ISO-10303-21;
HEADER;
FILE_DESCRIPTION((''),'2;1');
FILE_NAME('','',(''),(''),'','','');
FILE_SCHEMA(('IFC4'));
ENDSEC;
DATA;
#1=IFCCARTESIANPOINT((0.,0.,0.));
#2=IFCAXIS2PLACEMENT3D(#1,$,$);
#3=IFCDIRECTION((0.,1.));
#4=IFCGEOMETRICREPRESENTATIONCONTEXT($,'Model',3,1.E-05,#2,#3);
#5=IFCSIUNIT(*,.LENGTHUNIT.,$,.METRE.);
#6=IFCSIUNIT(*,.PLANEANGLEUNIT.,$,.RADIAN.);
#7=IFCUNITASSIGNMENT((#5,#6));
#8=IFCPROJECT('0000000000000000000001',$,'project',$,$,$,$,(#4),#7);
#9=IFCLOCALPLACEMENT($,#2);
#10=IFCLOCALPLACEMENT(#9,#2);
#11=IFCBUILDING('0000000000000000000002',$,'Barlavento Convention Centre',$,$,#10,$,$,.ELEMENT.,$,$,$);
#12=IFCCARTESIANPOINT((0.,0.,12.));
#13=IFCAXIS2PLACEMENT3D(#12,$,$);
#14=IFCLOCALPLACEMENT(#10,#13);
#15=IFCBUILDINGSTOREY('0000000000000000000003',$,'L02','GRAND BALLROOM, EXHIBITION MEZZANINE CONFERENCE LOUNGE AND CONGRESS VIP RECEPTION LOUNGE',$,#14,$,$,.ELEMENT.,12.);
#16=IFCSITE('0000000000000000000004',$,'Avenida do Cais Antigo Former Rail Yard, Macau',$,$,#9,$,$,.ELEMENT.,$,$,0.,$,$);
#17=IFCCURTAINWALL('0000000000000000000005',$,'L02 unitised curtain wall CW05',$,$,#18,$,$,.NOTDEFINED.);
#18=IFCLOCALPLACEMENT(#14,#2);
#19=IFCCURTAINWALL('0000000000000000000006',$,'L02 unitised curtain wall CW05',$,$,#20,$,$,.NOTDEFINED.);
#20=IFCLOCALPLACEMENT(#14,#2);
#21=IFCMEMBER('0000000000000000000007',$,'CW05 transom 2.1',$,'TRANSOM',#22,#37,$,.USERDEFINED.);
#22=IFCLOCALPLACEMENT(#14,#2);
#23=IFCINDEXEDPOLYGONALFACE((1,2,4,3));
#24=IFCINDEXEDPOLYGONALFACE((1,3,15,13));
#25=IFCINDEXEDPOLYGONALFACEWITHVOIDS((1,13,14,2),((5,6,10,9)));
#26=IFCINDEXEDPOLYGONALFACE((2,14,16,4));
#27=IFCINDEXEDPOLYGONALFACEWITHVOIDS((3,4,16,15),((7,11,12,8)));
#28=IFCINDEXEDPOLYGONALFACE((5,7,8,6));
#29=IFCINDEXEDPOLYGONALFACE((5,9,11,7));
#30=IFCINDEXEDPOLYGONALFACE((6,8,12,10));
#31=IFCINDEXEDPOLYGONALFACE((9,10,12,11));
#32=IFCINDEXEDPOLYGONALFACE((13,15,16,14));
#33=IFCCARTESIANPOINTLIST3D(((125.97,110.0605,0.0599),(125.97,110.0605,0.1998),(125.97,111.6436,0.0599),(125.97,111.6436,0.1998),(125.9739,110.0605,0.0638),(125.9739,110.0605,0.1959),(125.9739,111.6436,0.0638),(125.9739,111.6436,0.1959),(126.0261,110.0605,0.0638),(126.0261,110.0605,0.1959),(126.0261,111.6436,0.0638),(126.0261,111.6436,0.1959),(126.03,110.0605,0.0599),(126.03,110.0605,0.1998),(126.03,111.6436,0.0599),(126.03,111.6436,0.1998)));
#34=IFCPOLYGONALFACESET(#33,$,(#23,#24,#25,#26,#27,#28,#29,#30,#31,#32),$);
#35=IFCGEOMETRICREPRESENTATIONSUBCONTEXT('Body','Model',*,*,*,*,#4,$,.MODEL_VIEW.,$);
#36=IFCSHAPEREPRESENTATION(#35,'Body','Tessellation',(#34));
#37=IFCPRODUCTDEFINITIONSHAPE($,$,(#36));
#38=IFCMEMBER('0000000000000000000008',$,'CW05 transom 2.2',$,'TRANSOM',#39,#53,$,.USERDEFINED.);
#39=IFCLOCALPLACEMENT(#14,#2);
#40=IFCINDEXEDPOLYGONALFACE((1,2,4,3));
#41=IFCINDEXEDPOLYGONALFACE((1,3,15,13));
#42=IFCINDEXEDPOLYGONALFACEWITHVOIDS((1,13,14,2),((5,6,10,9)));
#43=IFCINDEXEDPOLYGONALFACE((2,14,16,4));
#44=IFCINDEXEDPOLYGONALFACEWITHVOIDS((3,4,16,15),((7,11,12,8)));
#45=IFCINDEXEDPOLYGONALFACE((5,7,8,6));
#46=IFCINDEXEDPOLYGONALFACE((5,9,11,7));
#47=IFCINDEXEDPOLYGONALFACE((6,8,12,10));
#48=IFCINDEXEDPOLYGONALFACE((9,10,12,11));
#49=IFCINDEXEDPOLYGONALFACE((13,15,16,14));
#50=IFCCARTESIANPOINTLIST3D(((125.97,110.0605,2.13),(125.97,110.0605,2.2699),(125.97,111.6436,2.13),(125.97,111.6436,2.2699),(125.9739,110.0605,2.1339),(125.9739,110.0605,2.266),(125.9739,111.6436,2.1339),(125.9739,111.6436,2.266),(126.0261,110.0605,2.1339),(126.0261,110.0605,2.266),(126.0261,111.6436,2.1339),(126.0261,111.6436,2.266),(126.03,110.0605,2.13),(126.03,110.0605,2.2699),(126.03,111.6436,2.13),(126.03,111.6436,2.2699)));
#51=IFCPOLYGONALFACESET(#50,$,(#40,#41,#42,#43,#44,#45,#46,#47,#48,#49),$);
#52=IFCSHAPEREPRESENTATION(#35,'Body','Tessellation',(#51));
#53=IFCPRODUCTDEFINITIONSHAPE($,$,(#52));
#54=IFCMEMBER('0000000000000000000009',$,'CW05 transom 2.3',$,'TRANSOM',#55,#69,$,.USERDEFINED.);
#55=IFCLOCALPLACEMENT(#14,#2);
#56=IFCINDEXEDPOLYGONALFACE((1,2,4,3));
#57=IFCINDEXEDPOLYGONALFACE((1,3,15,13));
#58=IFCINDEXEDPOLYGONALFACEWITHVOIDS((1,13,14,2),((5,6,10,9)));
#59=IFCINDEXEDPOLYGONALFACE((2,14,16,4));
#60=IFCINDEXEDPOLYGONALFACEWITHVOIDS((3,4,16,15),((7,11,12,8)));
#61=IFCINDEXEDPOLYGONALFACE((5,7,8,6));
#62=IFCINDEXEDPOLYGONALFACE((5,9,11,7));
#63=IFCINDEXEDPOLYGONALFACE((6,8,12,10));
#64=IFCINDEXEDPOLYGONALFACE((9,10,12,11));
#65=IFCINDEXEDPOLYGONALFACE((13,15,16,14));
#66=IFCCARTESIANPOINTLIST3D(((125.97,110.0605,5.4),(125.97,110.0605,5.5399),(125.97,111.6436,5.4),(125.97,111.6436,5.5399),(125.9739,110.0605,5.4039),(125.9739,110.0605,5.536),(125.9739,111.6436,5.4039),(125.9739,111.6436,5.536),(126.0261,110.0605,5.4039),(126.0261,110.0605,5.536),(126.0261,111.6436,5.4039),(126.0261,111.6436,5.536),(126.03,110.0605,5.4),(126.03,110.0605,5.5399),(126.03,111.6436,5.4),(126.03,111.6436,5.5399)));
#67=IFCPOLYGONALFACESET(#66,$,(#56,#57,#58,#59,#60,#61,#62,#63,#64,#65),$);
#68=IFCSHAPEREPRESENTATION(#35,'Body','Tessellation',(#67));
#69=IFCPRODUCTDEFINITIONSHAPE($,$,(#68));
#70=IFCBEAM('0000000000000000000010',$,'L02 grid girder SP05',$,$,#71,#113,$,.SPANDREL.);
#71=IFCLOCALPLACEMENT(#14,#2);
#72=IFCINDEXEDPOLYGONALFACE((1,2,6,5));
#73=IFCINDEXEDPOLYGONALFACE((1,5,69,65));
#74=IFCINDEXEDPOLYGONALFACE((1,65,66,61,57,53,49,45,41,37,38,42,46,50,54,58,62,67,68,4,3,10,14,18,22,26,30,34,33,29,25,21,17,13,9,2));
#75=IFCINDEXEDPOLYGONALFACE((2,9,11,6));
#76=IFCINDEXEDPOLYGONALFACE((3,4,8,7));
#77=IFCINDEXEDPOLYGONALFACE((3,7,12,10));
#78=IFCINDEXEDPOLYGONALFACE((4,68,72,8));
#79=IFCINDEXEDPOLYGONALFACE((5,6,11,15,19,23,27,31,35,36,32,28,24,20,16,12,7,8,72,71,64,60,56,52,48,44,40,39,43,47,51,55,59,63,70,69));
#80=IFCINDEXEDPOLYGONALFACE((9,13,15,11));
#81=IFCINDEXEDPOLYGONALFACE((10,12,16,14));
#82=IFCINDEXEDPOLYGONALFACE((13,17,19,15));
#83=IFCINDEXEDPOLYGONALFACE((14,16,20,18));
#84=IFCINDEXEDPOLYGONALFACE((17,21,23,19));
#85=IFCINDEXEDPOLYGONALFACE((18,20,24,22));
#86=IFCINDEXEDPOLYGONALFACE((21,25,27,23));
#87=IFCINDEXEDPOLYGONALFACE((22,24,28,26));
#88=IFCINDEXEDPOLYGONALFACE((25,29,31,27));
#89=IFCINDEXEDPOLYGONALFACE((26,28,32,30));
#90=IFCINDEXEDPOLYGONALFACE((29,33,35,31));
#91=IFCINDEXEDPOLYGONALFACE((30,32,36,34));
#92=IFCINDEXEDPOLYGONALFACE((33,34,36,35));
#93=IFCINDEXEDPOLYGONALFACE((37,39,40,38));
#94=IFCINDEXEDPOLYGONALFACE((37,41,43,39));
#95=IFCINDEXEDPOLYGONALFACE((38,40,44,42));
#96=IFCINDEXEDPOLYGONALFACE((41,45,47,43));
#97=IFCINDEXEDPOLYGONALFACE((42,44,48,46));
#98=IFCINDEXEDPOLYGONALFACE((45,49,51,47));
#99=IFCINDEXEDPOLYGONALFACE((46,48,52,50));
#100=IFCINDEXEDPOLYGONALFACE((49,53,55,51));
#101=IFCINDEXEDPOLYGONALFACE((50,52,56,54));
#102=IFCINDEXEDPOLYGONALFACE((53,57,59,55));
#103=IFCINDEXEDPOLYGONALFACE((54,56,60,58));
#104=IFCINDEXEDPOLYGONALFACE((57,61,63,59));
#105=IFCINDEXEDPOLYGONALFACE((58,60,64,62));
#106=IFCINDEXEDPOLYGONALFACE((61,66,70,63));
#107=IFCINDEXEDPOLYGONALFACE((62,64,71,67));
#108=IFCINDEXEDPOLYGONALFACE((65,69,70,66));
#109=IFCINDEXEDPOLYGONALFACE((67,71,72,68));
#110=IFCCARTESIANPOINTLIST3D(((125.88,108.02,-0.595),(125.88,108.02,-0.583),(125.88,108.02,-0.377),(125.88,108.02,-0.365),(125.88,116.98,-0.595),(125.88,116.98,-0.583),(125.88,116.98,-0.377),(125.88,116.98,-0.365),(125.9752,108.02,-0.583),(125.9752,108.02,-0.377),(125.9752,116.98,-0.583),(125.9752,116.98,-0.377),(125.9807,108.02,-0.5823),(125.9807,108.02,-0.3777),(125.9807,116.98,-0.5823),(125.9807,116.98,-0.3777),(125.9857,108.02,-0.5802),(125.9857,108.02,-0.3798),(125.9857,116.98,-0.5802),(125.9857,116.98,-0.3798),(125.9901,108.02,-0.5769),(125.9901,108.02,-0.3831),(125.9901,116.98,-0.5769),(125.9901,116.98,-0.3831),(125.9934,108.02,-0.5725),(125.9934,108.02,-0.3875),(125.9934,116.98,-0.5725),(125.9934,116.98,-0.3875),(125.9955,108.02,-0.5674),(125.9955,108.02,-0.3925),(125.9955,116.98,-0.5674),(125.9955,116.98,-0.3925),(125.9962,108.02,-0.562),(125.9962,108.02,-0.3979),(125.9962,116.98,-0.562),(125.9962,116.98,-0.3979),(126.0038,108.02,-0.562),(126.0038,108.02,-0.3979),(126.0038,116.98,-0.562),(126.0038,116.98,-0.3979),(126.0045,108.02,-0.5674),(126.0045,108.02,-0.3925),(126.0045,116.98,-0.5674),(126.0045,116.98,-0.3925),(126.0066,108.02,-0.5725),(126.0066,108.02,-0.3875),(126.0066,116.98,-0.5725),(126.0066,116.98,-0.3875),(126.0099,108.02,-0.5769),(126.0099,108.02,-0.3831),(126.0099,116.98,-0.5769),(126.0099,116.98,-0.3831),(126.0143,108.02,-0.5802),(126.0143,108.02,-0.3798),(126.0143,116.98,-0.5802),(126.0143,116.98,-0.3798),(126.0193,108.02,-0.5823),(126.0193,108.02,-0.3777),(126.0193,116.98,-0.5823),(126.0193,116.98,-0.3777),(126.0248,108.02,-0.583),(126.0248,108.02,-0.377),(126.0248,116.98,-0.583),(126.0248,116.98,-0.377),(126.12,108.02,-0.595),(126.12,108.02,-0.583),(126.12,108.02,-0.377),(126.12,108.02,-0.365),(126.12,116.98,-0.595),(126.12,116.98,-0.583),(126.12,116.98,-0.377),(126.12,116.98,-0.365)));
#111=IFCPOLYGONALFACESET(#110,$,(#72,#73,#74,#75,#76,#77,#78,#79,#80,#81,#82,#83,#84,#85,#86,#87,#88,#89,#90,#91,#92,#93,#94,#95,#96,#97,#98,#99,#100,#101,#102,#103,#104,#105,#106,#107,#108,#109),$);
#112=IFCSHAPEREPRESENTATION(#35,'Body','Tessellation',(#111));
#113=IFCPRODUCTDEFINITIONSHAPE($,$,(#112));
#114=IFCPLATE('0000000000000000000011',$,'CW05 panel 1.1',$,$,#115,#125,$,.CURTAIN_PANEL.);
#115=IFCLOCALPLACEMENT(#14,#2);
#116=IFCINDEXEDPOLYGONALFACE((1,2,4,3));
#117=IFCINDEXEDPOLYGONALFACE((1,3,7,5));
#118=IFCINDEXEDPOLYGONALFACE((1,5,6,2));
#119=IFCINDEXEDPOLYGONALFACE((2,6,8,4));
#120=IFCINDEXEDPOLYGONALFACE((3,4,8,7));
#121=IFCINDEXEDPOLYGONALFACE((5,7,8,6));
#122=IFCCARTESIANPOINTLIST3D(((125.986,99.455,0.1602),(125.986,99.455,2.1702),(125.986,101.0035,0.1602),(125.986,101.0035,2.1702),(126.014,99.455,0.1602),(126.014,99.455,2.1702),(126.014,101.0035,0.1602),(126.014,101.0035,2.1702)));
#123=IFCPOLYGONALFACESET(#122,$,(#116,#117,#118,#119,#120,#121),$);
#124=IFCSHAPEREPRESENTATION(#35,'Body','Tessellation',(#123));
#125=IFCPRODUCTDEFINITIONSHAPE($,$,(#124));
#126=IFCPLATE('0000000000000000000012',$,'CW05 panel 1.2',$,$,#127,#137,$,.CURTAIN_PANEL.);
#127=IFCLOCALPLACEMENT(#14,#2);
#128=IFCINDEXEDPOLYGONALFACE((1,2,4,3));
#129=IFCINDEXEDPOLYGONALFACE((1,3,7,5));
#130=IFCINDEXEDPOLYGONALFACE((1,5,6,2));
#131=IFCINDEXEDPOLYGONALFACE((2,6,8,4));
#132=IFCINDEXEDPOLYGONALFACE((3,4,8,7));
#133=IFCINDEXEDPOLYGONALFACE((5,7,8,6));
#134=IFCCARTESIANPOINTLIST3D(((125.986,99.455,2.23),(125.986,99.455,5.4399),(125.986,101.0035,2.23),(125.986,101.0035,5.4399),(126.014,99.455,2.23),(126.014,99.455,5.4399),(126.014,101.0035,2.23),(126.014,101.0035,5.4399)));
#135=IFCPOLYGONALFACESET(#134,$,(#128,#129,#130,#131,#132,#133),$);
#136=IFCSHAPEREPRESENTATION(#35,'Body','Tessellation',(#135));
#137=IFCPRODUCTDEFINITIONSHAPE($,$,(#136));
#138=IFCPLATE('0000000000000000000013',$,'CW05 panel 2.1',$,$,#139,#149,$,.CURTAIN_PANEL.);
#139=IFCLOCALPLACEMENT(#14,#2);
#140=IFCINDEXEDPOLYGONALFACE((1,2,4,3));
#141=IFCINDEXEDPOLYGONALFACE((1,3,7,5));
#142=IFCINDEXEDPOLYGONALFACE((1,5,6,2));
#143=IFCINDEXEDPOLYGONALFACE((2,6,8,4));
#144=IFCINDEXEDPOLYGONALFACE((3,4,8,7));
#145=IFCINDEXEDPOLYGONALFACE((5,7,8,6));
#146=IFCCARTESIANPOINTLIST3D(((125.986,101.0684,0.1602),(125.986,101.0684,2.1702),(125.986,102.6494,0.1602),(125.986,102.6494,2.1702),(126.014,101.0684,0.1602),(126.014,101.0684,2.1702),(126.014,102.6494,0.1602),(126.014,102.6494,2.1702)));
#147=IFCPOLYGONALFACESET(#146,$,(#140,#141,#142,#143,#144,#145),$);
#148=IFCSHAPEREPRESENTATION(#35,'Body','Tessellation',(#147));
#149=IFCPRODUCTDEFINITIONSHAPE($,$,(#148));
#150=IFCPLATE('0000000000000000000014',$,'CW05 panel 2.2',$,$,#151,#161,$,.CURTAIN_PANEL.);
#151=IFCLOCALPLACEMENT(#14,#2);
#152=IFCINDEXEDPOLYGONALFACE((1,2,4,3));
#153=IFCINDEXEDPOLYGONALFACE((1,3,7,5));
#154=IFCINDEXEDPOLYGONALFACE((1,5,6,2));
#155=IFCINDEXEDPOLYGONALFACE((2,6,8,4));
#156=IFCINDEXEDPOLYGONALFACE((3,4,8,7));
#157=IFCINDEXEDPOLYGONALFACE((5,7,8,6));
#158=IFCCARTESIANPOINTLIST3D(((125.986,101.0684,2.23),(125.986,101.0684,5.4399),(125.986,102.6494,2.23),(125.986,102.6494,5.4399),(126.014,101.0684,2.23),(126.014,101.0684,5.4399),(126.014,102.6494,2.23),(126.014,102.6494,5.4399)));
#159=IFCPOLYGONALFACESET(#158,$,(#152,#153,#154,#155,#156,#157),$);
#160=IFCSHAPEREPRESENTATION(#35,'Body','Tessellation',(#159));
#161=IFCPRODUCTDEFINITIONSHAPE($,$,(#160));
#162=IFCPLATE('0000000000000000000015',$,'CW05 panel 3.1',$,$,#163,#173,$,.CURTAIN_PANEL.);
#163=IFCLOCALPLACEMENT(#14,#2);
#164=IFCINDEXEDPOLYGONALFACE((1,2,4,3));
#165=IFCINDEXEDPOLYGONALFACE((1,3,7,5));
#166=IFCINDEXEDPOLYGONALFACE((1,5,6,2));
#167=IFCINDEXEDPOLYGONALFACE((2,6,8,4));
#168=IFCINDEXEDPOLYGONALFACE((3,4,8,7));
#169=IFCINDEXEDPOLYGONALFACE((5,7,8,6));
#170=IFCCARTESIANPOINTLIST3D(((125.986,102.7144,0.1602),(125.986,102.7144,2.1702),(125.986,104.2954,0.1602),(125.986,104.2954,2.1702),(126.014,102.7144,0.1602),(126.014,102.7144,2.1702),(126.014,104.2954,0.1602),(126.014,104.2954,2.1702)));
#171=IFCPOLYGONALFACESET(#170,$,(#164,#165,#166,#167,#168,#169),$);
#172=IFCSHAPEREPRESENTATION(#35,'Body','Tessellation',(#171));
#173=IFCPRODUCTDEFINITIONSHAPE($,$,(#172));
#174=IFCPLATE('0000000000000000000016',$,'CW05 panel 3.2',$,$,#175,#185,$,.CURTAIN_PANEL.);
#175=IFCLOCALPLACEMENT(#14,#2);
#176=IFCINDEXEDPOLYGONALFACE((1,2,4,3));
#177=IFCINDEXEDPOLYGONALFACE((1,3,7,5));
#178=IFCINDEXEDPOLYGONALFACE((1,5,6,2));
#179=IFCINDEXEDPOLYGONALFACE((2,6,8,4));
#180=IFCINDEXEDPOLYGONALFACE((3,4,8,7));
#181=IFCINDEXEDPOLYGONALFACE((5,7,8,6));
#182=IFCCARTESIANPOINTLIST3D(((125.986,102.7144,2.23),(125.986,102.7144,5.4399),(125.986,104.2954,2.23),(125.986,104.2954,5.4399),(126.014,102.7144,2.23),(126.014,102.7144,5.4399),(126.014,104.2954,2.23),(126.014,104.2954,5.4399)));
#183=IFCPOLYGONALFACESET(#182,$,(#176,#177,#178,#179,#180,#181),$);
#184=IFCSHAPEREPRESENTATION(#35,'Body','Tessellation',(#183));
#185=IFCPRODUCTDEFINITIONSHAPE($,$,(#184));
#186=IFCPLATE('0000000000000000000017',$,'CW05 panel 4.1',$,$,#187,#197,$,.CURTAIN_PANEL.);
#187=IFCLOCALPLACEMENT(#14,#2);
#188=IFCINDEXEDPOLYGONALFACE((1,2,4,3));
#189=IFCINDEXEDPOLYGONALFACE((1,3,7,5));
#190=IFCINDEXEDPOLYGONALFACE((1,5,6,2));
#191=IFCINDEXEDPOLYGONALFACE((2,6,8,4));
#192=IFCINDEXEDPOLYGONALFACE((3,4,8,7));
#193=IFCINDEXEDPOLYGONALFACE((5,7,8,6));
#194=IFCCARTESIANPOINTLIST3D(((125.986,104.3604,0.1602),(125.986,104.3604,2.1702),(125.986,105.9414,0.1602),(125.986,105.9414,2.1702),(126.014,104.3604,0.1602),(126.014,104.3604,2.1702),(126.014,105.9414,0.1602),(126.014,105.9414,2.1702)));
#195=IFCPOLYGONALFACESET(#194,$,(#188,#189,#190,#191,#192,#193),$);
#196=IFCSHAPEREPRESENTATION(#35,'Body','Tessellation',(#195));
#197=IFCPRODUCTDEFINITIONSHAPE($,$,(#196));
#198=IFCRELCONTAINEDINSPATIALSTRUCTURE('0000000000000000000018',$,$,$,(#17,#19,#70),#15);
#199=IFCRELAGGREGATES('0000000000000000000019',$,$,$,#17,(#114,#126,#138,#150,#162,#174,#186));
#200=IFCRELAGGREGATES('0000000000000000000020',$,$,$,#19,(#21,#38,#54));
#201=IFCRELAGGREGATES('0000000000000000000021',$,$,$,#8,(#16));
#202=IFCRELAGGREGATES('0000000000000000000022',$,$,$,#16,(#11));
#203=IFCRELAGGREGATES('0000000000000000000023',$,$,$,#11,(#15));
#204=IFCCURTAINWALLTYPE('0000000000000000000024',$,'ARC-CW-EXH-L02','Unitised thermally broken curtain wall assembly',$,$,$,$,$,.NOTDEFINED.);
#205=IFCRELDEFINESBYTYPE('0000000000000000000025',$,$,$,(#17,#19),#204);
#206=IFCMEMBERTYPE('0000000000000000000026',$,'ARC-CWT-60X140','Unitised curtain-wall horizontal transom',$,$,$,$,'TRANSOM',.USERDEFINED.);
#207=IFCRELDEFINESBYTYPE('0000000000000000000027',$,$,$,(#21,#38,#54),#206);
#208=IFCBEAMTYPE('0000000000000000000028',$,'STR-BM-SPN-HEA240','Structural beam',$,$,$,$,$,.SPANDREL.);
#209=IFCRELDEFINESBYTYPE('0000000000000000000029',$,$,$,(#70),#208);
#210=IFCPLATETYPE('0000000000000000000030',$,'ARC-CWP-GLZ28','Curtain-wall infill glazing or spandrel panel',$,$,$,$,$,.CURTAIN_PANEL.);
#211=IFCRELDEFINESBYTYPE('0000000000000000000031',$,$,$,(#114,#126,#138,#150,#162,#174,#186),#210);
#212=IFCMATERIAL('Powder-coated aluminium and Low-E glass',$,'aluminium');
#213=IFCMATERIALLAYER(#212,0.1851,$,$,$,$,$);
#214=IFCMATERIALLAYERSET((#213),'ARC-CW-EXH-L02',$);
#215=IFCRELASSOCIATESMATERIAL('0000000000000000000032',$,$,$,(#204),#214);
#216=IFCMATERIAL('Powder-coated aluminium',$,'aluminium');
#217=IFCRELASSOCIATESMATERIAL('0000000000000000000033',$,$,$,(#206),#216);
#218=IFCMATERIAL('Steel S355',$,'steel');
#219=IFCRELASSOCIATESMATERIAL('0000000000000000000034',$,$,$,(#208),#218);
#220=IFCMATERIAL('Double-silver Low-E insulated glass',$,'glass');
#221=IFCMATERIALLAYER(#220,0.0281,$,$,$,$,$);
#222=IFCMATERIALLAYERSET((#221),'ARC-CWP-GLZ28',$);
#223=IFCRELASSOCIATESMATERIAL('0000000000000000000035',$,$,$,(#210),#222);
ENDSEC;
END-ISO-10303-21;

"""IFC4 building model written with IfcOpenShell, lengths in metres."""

from ifc_helpers import new_model, si_unit, direction, frame, origin, origin_2d, place, context, subcontext, project, spatial, rectangle, hollow_rectangle, i_section, extrude, material, layer, layer_set, material_profile, profile_set, type_object, element, aggregate, save


model = new_model("IFC4")

# Units and contexts
model_context = context("Model", 3, precision=1e-05, world=origin(), true_north=direction((0.0, 1.0)))
body_context = subcontext(model_context, "Body", "Model", "MODEL_VIEW")
ifc_project = project(units=[si_unit("LENGTHUNIT", "METRE"), si_unit("PLANEANGLEUNIT", "RADIAN")], contexts=[model_context])

# Site, building, storey
site_placement = place(None, origin())
site = spatial("IfcSite", under=ifc_project, at=site_placement, Name="Avenida do Cais Antigo Former Rail Yard, Macau", CompositionType="ELEMENT", RefElevation=0.0)
building_placement = place(site_placement, origin())
building = spatial("IfcBuilding", under=site, at=building_placement, Name="Barlavento Convention Centre", CompositionType="ELEMENT")
storey_placement = place(building_placement, frame((0.0, 0.0, 12.0)))
storey = spatial("IfcBuildingStorey", under=building, at=storey_placement, Name="L02", Description="GRAND BALLROOM, EXHIBITION MEZZANINE CONFERENCE LOUNGE AND CONGRESS VIP RECEPTION LOUNGE", CompositionType="ELEMENT", Elevation=12.0)

# Curtain walls
ifc_material_1 = material(Name="Powder-coated aluminium and Low-E glass", Category="aluminium")
ifc_layer_1 = layer(ifc_material_1, 0.1851)
ifc_layer_set_1 = layer_set([ifc_layer_1], Name="ARC-CW-EXH-L02")
curtain_wall_type = type_object("IfcCurtainWallType", Name="ARC-CW-EXH-L02", Description="Unitised thermally broken curtain wall assembly", PredefinedType="NOTDEFINED", material=ifc_layer_set_1)
curtain_wall_1_placement = place(storey_placement, origin())
curtain_wall_1 = element("IfcCurtainWall", 1, at=curtain_wall_1_placement, inside=storey, type_object=curtain_wall_type, Name="L02 unitised curtain wall CW05", PredefinedType="NOTDEFINED")
ifc_material_2 = material(Name="Powder-coated aluminium", Category="aluminium")
curtain_wall_2_placement = place(storey_placement, origin())
curtain_wall_2 = element("IfcCurtainWall", 2, at=curtain_wall_2_placement, inside=storey, type_object=curtain_wall_type, Name="L02 unitised curtain wall CW05", PredefinedType="NOTDEFINED")

# Members
ifc_material_profile_1 = material_profile(ifc_material_2, hollow_rectangle(XDim=0.0601, YDim=0.1399, WallThickness=0.0039, at=origin_2d()), Name="AL-TRAN 60x140x4")
ifc_profile_set_1 = profile_set([ifc_material_profile_1], Name="Powder-coated aluminium")
member_type_1 = type_object("IfcMemberType", Name="ARC-CWT-60X140", Description="Unitised curtain-wall horizontal transom", ElementType="TRANSOM", PredefinedType="USERDEFINED", material=ifc_profile_set_1)
member_1_placement = place(storey_placement, frame((126.0, 110.0605, 0.1299), z_axis=(0.0, 1.0, 0.0), x_axis=(-1.0, 0.0, 0.0)))
member_1 = element("IfcMember", 3, at=member_1_placement, type_object=member_type_1, Name="CW05 transom 2.1", ObjectType="TRANSOM", PredefinedType="USERDEFINED", context=body_context, shape_type="SweptSolid", body=[
    extrude(hollow_rectangle(XDim=0.0601, YDim=0.1399, WallThickness=0.0039, at=origin_2d()), origin(), (0.0, 0.0, 1.0), 1.583),
])
member_2_placement = place(storey_placement, frame((126.0, 110.0605, 2.2), z_axis=(0.0, 1.0, 0.0), x_axis=(-1.0, 0.0, 0.0)))
member_2 = element("IfcMember", 4, at=member_2_placement, type_object=member_type_1, Name="CW05 transom 2.2", ObjectType="TRANSOM", PredefinedType="USERDEFINED", context=body_context, shape_type="SweptSolid", body=[
    extrude(hollow_rectangle(XDim=0.0601, YDim=0.1399, WallThickness=0.0039, at=origin_2d()), origin(), (0.0, 0.0, 1.0), 1.583),
])
member_3_placement = place(storey_placement, frame((126.0, 110.0605, 5.47), z_axis=(0.0, 1.0, 0.0), x_axis=(-1.0, 0.0, 0.0)))
member_3 = element("IfcMember", 5, at=member_3_placement, type_object=member_type_1, Name="CW05 transom 2.3", ObjectType="TRANSOM", PredefinedType="USERDEFINED", context=body_context, shape_type="SweptSolid", body=[
    extrude(hollow_rectangle(XDim=0.0601, YDim=0.1399, WallThickness=0.0039, at=origin_2d()), origin(), (0.0, 0.0, 1.0), 1.583),
])

# Beam
ifc_material_3 = material(Name="Steel S355", Category="steel")
ifc_material_profile_2 = material_profile(ifc_material_3, i_section(OverallWidth=0.24, OverallDepth=0.23, WebThickness=0.0076, FlangeThickness=0.012, FilletRadius=0.021, at=origin_2d()), Name="HEA 240")
ifc_profile_set_2 = profile_set([ifc_material_profile_2], Name="Steel S355")
beam_type = type_object("IfcBeamType", Name="STR-BM-SPN-HEA240", Description="Structural beam", PredefinedType="SPANDREL", material=ifc_profile_set_2)
beam_placement = place(storey_placement, frame((126.0, 108.02, -0.48), z_axis=(0.0, 1.0, 0.0), x_axis=(-1.0, 0.0, 0.0)))
element("IfcBeam", 6, at=beam_placement, inside=storey, type_object=beam_type, Name="L02 grid girder SP05", PredefinedType="SPANDREL", context=body_context, shape_type="SweptSolid", body=[
    extrude(i_section(OverallWidth=0.24, OverallDepth=0.23, WebThickness=0.0076, FlangeThickness=0.012, FilletRadius=0.021, at=origin_2d()), origin(), (0.0, 0.0, 1.0), 8.96),
])

# Plates
ifc_material_4 = material(Name="Double-silver Low-E insulated glass", Category="glass")
ifc_layer_2 = layer(ifc_material_4, 0.0281)
ifc_layer_set_2 = layer_set([ifc_layer_2], Name="ARC-CWP-GLZ28")
plate_type = type_object("IfcPlateType", Name="ARC-CWP-GLZ28", Description="Curtain-wall infill glazing or spandrel panel", PredefinedType="CURTAIN_PANEL", material=ifc_layer_set_2)
plate_1_placement = place(storey_placement, frame((126.0, 100.2292, 0.1602), z_axis=(0.0, 0.0, 1.0), x_axis=(0.0, 1.0, 0.0)))
plate_1 = element("IfcPlate", 7, at=plate_1_placement, type_object=plate_type, Name="CW05 panel 1.1", PredefinedType="CURTAIN_PANEL", context=body_context, shape_type="SweptSolid", body=[
    extrude(rectangle(XDim=1.5486, YDim=0.0281, at=origin_2d()), origin(), (0.0, 0.0, 1.0), 2.01),
])
plate_2_placement = place(storey_placement, frame((126.0, 100.2292, 2.23), z_axis=(0.0, 0.0, 1.0), x_axis=(0.0, 1.0, 0.0)))
plate_2 = element("IfcPlate", 8, at=plate_2_placement, type_object=plate_type, Name="CW05 panel 1.2", PredefinedType="CURTAIN_PANEL", context=body_context, shape_type="SweptSolid", body=[
    extrude(rectangle(XDim=1.5486, YDim=0.0281, at=origin_2d()), origin(), (0.0, 0.0, 1.0), 3.21),
])
plate_3_placement = place(storey_placement, frame((126.0, 101.8589, 0.1602), z_axis=(0.0, 0.0, 1.0), x_axis=(0.0, 1.0, 0.0)))
plate_3 = element("IfcPlate", 9, at=plate_3_placement, type_object=plate_type, Name="CW05 panel 2.1", PredefinedType="CURTAIN_PANEL", context=body_context, shape_type="SweptSolid", body=[
    extrude(rectangle(XDim=1.5811, YDim=0.0281, at=origin_2d()), origin(), (0.0, 0.0, 1.0), 2.01),
])
plate_4_placement = place(storey_placement, frame((126.0, 101.8589, 2.23), z_axis=(0.0, 0.0, 1.0), x_axis=(0.0, 1.0, 0.0)))
plate_4 = element("IfcPlate", 10, at=plate_4_placement, type_object=plate_type, Name="CW05 panel 2.2", PredefinedType="CURTAIN_PANEL", context=body_context, shape_type="SweptSolid", body=[
    extrude(rectangle(XDim=1.5811, YDim=0.0281, at=origin_2d()), origin(), (0.0, 0.0, 1.0), 3.21),
])
plate_5_placement = place(storey_placement, frame((126.0, 103.5049, 0.1602), z_axis=(0.0, 0.0, 1.0), x_axis=(0.0, 1.0, 0.0)))
plate_5 = element("IfcPlate", 11, at=plate_5_placement, type_object=plate_type, Name="CW05 panel 3.1", PredefinedType="CURTAIN_PANEL", context=body_context, shape_type="SweptSolid", body=[
    extrude(rectangle(XDim=1.5811, YDim=0.0281, at=origin_2d()), origin(), (0.0, 0.0, 1.0), 2.01),
])
plate_6_placement = place(storey_placement, frame((126.0, 103.5049, 2.23), z_axis=(0.0, 0.0, 1.0), x_axis=(0.0, 1.0, 0.0)))
plate_6 = element("IfcPlate", 12, at=plate_6_placement, type_object=plate_type, Name="CW05 panel 3.2", PredefinedType="CURTAIN_PANEL", context=body_context, shape_type="SweptSolid", body=[
    extrude(rectangle(XDim=1.5811, YDim=0.0281, at=origin_2d()), origin(), (0.0, 0.0, 1.0), 3.21),
])
plate_7_placement = place(storey_placement, frame((126.0, 105.1509, 0.1602), z_axis=(0.0, 0.0, 1.0), x_axis=(0.0, 1.0, 0.0)))
plate_7 = element("IfcPlate", 13, at=plate_7_placement, type_object=plate_type, Name="CW05 panel 4.1", PredefinedType="CURTAIN_PANEL", context=body_context, shape_type="SweptSolid", body=[
    extrude(rectangle(XDim=1.5811, YDim=0.0281, at=origin_2d()), origin(), (0.0, 0.0, 1.0), 2.01),
])
aggregate(curtain_wall_1, [plate_1, plate_2, plate_3, plate_4, plate_5, plate_6, plate_7])
aggregate(curtain_wall_2, [member_1, member_2, member_3])

save(model, "model.ifc")
